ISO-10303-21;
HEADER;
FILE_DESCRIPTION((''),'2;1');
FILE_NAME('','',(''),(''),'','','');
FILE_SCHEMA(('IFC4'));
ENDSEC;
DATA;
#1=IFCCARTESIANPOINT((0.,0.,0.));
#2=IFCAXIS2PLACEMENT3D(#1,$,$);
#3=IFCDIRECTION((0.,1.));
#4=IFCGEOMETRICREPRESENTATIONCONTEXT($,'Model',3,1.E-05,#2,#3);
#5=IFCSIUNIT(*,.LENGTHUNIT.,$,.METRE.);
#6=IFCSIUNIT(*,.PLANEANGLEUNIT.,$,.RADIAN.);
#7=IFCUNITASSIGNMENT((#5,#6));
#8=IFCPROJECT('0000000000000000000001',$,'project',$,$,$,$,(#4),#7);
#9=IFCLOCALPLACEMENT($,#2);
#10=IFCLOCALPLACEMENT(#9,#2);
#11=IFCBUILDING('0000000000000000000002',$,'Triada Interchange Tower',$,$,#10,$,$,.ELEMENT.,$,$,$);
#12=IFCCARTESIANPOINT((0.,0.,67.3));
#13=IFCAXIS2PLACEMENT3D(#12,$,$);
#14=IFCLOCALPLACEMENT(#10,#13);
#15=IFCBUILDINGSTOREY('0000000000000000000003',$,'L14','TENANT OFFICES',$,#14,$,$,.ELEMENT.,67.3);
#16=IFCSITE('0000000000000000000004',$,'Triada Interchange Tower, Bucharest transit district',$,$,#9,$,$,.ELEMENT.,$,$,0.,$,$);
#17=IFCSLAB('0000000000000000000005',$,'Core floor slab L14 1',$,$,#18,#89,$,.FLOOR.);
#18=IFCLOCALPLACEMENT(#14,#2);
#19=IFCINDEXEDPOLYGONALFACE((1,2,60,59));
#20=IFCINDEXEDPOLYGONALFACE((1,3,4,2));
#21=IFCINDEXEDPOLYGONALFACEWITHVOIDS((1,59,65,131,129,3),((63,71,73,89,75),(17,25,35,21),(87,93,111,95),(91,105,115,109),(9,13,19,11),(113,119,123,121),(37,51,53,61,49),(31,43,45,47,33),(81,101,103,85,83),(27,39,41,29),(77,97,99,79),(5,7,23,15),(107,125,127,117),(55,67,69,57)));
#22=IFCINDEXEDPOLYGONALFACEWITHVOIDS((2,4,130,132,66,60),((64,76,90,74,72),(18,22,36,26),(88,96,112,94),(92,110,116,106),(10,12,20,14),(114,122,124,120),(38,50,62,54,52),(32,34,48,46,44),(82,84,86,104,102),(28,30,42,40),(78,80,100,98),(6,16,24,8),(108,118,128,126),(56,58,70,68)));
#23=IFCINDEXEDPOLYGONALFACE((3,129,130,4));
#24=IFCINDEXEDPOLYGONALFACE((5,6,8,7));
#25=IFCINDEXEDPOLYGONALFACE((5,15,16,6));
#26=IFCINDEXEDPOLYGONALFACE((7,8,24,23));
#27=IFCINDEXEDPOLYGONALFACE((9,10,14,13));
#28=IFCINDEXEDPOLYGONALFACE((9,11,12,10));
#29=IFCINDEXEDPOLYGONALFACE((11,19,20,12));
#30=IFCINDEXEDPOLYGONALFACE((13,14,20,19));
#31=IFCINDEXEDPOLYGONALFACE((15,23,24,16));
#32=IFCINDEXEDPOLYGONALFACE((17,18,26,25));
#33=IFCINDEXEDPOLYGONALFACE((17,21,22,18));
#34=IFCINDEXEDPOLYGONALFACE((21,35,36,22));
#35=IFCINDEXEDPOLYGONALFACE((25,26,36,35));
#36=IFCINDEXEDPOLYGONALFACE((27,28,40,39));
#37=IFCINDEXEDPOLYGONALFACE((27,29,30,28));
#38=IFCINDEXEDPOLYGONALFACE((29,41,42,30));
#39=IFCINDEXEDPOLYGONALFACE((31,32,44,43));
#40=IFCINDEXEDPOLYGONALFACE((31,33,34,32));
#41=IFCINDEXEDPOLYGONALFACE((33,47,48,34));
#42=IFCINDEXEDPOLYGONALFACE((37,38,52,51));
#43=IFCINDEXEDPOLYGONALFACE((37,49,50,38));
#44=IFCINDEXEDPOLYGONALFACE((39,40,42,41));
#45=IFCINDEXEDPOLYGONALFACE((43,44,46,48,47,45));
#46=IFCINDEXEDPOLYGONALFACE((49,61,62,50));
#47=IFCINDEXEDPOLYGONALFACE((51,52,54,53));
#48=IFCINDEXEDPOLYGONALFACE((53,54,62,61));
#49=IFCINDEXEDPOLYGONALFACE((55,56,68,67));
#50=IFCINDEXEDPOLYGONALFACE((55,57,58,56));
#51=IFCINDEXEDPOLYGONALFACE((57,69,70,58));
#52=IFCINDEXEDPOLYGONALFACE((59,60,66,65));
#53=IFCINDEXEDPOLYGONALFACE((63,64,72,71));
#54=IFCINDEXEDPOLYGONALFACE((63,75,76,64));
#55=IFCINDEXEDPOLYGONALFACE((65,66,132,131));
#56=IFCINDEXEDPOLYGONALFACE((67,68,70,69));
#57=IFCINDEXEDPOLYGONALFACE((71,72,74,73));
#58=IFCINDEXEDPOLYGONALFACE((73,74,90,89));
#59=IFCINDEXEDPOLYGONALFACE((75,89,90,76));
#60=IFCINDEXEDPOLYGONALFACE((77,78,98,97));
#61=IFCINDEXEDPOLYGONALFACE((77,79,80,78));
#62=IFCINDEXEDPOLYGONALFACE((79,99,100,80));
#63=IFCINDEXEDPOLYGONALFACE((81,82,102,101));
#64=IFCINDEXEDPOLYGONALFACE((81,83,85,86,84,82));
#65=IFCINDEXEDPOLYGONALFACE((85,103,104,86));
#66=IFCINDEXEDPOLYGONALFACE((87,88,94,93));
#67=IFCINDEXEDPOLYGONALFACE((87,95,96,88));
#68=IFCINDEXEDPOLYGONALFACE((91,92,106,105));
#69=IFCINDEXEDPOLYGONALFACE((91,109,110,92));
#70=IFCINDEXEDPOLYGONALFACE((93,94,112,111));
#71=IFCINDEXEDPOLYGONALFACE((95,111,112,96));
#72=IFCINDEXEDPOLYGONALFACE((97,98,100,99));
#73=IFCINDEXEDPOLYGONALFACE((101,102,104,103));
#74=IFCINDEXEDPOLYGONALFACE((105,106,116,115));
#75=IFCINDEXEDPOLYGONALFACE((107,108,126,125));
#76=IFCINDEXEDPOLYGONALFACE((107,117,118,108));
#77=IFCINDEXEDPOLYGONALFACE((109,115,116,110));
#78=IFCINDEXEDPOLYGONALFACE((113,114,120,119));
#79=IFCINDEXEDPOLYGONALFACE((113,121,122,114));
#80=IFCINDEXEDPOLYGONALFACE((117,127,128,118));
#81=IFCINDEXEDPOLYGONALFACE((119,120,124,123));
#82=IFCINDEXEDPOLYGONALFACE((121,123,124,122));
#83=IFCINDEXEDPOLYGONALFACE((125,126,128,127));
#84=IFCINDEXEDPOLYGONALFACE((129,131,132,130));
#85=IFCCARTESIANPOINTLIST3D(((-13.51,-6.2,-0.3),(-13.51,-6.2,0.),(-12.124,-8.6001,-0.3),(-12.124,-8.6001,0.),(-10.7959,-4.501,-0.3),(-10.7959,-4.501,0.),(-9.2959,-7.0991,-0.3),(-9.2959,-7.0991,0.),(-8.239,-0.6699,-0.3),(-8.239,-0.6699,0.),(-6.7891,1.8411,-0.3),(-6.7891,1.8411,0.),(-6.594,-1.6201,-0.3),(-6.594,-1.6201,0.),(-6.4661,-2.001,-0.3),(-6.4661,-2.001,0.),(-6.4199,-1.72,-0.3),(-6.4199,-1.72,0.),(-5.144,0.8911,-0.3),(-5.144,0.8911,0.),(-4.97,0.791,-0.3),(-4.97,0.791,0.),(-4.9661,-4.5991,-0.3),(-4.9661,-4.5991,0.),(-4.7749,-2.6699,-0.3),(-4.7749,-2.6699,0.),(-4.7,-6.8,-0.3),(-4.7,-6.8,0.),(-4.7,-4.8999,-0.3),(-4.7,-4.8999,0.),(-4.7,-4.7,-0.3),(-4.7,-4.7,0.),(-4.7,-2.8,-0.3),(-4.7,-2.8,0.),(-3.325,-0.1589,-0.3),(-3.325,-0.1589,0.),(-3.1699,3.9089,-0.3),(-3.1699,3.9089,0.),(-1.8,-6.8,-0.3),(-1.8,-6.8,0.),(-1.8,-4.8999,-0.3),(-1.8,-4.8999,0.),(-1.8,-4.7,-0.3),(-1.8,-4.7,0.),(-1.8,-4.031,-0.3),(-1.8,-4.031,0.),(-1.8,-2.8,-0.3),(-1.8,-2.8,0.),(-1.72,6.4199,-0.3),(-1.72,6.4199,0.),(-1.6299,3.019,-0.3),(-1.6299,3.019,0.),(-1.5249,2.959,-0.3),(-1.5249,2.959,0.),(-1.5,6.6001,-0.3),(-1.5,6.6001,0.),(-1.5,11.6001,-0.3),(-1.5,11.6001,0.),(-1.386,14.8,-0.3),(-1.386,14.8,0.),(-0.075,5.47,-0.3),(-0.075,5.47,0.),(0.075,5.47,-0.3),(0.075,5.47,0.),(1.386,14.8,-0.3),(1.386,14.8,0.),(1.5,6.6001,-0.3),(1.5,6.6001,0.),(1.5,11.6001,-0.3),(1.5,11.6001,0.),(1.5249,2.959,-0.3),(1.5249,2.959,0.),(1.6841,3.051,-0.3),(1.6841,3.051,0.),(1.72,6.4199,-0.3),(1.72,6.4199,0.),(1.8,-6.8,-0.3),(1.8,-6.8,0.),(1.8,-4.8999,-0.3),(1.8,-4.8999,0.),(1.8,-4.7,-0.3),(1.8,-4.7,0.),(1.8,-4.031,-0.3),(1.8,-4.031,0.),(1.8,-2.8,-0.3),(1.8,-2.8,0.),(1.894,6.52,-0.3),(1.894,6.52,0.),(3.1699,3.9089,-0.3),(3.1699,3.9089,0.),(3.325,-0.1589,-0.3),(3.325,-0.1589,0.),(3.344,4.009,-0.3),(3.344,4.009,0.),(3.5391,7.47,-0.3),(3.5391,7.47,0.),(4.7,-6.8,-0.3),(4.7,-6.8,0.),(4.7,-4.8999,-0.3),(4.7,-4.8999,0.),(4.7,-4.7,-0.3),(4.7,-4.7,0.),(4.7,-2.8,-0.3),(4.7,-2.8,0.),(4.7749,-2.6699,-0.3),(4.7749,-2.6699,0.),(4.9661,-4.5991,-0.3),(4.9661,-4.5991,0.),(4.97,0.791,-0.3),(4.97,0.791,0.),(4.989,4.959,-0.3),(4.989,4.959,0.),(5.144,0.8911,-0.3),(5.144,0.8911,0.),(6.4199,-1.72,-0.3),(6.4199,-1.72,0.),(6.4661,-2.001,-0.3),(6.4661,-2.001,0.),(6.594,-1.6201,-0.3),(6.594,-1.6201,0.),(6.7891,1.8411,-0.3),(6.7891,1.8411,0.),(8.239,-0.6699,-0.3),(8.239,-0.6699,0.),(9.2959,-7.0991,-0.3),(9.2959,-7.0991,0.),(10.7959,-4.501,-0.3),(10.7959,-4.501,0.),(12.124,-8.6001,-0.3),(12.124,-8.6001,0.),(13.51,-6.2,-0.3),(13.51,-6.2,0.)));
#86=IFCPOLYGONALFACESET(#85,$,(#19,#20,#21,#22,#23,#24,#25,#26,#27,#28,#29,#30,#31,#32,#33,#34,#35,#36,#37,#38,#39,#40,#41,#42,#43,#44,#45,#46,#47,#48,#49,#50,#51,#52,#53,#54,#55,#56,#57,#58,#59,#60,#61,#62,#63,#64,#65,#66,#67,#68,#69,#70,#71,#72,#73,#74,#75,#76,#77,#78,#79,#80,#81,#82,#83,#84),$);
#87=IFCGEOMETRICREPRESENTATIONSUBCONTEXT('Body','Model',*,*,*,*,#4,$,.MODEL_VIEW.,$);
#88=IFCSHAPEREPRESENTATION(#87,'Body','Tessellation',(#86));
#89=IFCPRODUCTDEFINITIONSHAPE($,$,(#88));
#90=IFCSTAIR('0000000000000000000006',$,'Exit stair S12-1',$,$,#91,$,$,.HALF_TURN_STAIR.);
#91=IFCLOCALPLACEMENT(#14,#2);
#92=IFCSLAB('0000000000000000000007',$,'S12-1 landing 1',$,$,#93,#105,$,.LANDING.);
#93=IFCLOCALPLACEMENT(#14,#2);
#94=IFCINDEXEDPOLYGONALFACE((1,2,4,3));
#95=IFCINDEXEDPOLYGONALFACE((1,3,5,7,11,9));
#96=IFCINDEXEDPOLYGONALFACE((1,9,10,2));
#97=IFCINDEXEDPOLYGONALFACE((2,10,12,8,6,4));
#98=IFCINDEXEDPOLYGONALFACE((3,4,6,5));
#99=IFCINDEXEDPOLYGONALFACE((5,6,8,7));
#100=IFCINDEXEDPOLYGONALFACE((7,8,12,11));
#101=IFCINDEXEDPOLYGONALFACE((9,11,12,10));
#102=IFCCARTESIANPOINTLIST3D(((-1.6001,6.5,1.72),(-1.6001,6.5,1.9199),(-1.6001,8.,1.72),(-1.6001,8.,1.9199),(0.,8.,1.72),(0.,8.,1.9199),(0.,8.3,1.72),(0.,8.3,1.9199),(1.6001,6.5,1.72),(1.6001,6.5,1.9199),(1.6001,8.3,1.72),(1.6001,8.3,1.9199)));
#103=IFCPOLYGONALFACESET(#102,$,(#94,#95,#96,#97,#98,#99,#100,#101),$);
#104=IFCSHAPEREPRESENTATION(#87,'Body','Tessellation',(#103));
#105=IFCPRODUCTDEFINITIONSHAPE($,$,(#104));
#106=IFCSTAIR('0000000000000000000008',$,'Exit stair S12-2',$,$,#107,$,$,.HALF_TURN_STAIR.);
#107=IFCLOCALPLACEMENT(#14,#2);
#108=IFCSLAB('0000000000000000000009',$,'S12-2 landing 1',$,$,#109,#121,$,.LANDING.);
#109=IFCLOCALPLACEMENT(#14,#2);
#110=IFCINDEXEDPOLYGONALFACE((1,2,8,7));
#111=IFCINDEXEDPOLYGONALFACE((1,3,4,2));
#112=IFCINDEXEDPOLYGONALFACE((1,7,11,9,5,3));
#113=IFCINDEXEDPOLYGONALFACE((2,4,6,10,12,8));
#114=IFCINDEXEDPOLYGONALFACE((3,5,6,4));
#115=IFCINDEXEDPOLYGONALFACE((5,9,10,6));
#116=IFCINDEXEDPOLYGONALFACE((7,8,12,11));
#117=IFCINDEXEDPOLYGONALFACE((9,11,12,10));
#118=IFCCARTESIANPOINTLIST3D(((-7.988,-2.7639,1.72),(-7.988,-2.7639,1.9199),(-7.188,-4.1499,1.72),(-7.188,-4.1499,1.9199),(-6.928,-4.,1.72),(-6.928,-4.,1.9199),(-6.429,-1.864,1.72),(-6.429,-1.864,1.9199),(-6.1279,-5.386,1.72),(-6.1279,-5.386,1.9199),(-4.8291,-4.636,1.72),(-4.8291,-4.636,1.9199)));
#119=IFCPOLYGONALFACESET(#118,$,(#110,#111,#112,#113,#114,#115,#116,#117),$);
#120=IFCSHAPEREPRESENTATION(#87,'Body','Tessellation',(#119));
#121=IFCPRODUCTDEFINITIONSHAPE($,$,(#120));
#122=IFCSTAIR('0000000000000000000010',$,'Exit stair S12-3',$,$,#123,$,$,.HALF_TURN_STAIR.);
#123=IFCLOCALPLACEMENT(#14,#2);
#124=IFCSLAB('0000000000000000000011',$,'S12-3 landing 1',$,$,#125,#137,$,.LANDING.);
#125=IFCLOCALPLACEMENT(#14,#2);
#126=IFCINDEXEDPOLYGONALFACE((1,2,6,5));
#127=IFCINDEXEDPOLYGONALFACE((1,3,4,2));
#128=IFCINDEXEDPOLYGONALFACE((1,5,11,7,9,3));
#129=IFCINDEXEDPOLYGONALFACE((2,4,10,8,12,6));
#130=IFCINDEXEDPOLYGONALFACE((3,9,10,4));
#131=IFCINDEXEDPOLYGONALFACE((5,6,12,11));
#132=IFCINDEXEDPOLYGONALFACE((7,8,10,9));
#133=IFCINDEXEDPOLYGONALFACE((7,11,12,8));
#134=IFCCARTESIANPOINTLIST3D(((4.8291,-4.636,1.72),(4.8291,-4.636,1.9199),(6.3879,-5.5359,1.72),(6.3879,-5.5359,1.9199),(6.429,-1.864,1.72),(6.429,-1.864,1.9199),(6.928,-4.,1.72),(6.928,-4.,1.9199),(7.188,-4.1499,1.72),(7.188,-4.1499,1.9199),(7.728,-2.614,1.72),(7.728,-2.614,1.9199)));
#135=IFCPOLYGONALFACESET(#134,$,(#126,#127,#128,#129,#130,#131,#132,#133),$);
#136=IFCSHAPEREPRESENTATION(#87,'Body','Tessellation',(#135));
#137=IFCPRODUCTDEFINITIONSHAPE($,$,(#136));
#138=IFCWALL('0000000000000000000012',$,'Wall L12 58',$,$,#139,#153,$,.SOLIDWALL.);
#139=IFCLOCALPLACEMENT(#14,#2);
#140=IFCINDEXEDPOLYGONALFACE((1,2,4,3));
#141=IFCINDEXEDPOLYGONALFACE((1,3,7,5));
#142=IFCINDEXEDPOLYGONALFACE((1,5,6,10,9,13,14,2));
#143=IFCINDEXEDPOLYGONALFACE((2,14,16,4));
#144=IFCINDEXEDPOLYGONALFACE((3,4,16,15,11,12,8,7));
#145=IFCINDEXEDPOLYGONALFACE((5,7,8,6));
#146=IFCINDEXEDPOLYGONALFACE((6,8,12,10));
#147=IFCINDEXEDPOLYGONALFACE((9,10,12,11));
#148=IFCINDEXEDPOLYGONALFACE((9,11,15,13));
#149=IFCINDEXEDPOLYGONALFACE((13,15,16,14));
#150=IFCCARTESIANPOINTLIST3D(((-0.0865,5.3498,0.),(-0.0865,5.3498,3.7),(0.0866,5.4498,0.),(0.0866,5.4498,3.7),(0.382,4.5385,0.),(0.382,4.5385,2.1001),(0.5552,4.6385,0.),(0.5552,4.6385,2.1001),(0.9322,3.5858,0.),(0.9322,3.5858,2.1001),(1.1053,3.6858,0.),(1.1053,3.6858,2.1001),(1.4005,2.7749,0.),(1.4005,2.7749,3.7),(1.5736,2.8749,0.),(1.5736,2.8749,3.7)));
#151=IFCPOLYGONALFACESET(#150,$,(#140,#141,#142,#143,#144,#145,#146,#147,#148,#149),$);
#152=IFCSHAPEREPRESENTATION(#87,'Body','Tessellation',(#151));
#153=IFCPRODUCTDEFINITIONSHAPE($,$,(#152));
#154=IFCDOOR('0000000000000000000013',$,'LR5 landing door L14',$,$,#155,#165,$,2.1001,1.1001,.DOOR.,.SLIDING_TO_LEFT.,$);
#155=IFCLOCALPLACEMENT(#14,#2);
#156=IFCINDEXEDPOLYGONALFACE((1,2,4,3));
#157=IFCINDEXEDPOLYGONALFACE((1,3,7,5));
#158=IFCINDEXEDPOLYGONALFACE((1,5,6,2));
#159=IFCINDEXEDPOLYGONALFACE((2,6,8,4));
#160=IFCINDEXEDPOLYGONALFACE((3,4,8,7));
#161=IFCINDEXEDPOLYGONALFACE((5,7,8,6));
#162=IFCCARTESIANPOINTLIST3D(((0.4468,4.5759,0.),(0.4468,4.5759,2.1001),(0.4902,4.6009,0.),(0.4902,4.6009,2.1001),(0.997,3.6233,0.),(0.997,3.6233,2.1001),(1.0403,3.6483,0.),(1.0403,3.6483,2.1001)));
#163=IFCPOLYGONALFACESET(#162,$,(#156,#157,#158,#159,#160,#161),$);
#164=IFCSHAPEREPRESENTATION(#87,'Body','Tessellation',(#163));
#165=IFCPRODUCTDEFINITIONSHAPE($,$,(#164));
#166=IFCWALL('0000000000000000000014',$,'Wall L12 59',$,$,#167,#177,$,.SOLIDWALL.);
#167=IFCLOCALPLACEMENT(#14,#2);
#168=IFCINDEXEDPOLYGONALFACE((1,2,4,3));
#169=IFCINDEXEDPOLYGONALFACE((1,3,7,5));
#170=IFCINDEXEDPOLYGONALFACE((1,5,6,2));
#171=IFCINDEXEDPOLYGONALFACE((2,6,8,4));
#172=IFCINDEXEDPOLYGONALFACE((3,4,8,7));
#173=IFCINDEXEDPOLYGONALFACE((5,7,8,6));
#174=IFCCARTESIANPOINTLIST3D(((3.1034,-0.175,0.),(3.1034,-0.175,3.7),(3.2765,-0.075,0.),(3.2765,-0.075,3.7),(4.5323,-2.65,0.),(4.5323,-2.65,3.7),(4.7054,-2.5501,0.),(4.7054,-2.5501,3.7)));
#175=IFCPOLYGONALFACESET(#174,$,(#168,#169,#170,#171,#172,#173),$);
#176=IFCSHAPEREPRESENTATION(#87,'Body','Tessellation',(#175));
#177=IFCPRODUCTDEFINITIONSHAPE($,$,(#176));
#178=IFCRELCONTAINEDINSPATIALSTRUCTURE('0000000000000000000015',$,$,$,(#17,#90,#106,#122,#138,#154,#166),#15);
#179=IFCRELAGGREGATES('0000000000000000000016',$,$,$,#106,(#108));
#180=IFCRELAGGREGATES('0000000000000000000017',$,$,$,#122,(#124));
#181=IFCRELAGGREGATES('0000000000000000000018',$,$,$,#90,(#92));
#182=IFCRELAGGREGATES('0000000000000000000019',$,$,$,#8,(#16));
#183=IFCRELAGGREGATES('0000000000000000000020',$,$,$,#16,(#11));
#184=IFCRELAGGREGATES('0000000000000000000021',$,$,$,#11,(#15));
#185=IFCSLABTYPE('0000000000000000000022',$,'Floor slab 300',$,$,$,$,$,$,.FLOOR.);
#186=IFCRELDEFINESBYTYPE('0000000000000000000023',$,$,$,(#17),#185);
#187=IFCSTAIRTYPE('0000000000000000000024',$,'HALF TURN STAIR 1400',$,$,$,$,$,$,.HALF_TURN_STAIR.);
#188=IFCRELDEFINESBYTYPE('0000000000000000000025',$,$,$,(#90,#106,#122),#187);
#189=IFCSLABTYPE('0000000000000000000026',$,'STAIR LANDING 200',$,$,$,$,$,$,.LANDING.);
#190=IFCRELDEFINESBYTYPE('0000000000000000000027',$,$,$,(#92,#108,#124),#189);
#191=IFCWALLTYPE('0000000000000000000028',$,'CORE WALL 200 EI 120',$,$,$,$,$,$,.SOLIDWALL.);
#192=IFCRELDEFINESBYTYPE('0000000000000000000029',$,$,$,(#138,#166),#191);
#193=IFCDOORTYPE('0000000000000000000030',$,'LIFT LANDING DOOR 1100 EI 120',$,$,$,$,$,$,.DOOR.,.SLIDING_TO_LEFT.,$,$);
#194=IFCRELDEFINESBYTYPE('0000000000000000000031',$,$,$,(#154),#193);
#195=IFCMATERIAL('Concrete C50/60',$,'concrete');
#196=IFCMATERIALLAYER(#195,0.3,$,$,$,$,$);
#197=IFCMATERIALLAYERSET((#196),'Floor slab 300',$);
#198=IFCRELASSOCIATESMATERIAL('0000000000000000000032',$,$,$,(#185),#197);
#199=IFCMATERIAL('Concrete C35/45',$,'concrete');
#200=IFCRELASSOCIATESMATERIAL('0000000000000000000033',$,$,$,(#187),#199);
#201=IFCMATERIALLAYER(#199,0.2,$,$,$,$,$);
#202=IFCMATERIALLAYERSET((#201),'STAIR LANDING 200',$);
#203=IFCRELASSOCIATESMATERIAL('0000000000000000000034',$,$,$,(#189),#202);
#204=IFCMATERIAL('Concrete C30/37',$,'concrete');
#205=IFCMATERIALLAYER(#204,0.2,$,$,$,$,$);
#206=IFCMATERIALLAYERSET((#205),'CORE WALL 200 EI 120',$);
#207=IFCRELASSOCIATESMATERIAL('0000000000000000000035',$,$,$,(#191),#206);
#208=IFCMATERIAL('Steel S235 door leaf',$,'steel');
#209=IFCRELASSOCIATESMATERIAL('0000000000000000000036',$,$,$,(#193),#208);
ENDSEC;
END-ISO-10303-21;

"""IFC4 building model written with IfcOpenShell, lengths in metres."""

from ifc_helpers import new_model, si_unit, direction, frame, frame_2d, origin, place, context, subcontext, project, spatial, polyline, rectangle, outline, extrude, material, layer, layer_set, type_object, element, fill, aggregate, save


model = new_model("IFC4")

# Units and contexts
model_context = context("Model", 3, precision=1e-05, world=origin(), true_north=direction((0.0, 1.0)))
body_context = subcontext(model_context, "Body", "Model", "MODEL_VIEW")
ifc_project = project(units=[si_unit("LENGTHUNIT", "METRE"), si_unit("PLANEANGLEUNIT", "RADIAN")], contexts=[model_context])

# Site, building, storey
site_placement = place(None, origin())
site = spatial("IfcSite", under=ifc_project, at=site_placement, Name="Triada Interchange Tower, Bucharest transit district", CompositionType="ELEMENT", RefElevation=0.0)
building_placement = place(site_placement, origin())
building = spatial("IfcBuilding", under=site, at=building_placement, Name="Triada Interchange Tower", CompositionType="ELEMENT")
storey_placement = place(building_placement, frame((0.0, 0.0, 67.3)))
storey = spatial("IfcBuildingStorey", under=building, at=storey_placement, Name="L14", Description="TENANT OFFICES", CompositionType="ELEMENT", Elevation=67.3)

# Slab
ifc_material_1 = material(Name="Concrete C50/60", Category="concrete")
ifc_layer_1 = layer(ifc_material_1, 0.3)
ifc_layer_set_1 = layer_set([ifc_layer_1], Name="Floor slab 300")
slab_type_1 = type_object("IfcSlabType", Name="Floor slab 300", PredefinedType="FLOOR", material=ifc_layer_set_1)
slab_1_placement = place(storey_placement, frame((0.0, 0.0, -0.3)))
element("IfcSlab", 1, at=slab_1_placement, inside=storey, type_object=slab_type_1, Name="Core floor slab L14 1", PredefinedType="FLOOR", context=body_context, shape_type="SweptSolid", body=[
    extrude(outline(polyline([(13.51, -6.2), (12.124, -8.6001), (-12.124, -8.6001), (-13.51, -6.2), (-1.386, 14.8), (1.386, 14.8), (13.51, -6.2)]), holes=[polyline([(9.2959, -7.0991), (10.7959, -4.501), (6.4661, -2.001), (4.9661, -4.5991), (9.2959, -7.0991)]), polyline([(6.7891, 1.8411), (5.144, 0.8911), (6.594, -1.6201), (8.239, -0.6699), (6.7891, 1.8411)]), polyline([(4.97, 0.791), (3.325, -0.1589), (4.7749, -2.6699), (6.4199, -1.72), (4.97, 0.791)]), polyline([(1.894, 6.52), (3.344, 4.009), (4.989, 4.959), (3.5391, 7.47), (1.894, 6.52)]), polyline([(1.8, -4.8999), (1.8, -6.8), (4.7, -6.8), (4.7, -4.8999), (1.8, -4.8999)]), polyline([(1.8, -2.8), (1.8, -4.031), (1.8, -4.7), (4.7, -4.7), (4.7, -2.8), (1.8, -2.8)]), polyline([(1.5249, 2.959), (1.6841, 3.051), (3.1699, 3.9089), (1.72, 6.4199), (0.075, 5.47), (1.5249, 2.959)]), polyline([(1.5, 11.6001), (-1.5, 11.6001), (-1.5, 6.6001), (1.5, 6.6001), (1.5, 11.6001)]), polyline([(-0.075, 5.47), (-1.72, 6.4199), (-3.1699, 3.9089), (-1.6299, 3.019), (-1.5249, 2.959), (-0.075, 5.47)]), polyline([(-4.7, -2.8), (-4.7, -4.7), (-1.8, -4.7), (-1.8, -4.031), (-1.8, -2.8), (-4.7, -2.8)]), polyline([(-4.7, -4.8999), (-4.7, -6.8), (-1.8, -6.8), (-1.8, -4.8999), (-4.7, -4.8999)]), polyline([(-4.7749, -2.6699), (-3.325, -0.1589), (-4.97, 0.791), (-6.4199, -1.72), (-4.7749, -2.6699)]), polyline([(-10.7959, -4.501), (-9.2959, -7.0991), (-4.9661, -4.5991), (-6.4661, -2.001), (-10.7959, -4.501)]), polyline([(-6.594, -1.6201), (-5.144, 0.8911), (-6.7891, 1.8411), (-8.239, -0.6699), (-6.594, -1.6201)])]), origin(), (0.0, 0.0, 1.0), 0.3),
])

# Stairs, slabs
ifc_material_2 = material(Name="Concrete C35/45", Category="concrete")
stair_type = type_object("IfcStairType", Name="HALF TURN STAIR 1400", PredefinedType="HALF_TURN_STAIR", material=ifc_material_2)
stair_1_placement = place(storey_placement, origin())
stair_1 = element("IfcStair", 2, at=stair_1_placement, inside=storey, type_object=stair_type, Name="Exit stair S12-1", PredefinedType="HALF_TURN_STAIR")
ifc_layer_2 = layer(ifc_material_2, 0.2)
ifc_layer_set_2 = layer_set([ifc_layer_2], Name="STAIR LANDING 200")
slab_type_2 = type_object("IfcSlabType", Name="STAIR LANDING 200", PredefinedType="LANDING", material=ifc_layer_set_2)
slab_2_placement = place(storey_placement, frame((0.0, 0.0, 1.72)))
slab_2 = element("IfcSlab", 3, at=slab_2_placement, type_object=slab_type_2, Name="S12-1 landing 1", PredefinedType="LANDING", context=body_context, shape_type="SweptSolid", body=[
    extrude(outline(polyline([(1.6001, 6.5), (1.6001, 8.3), (0.0, 8.3), (0.0, 8.0), (-1.6001, 8.0), (-1.6001, 6.5), (1.6001, 6.5)])), origin(), (0.0, 0.0, 1.0), 0.2),
])
stair_2_placement = place(storey_placement, origin())
stair_2 = element("IfcStair", 4, at=stair_2_placement, inside=storey, type_object=stair_type, Name="Exit stair S12-2", PredefinedType="HALF_TURN_STAIR")
slab_3_placement = place(storey_placement, frame((0.0, 0.0, 1.72)))
slab_3 = element("IfcSlab", 5, at=slab_3_placement, type_object=slab_type_2, Name="S12-2 landing 1", PredefinedType="LANDING", context=body_context, shape_type="SweptSolid", body=[
    extrude(outline(polyline([(-6.429, -1.864), (-7.988, -2.7639), (-7.188, -4.1499), (-6.928, -4.0), (-6.1279, -5.386), (-4.8291, -4.636), (-6.429, -1.864)])), origin(), (0.0, 0.0, 1.0), 0.2),
])
aggregate(stair_2, [slab_3])
stair_3_placement = place(storey_placement, origin())
stair_3 = element("IfcStair", 6, at=stair_3_placement, inside=storey, type_object=stair_type, Name="Exit stair S12-3", PredefinedType="HALF_TURN_STAIR")
slab_4_placement = place(storey_placement, frame((0.0, 0.0, 1.72)))
slab_4 = element("IfcSlab", 7, at=slab_4_placement, type_object=slab_type_2, Name="S12-3 landing 1", PredefinedType="LANDING", context=body_context, shape_type="SweptSolid", body=[
    extrude(outline(polyline([(4.8291, -4.636), (6.3879, -5.5359), (7.188, -4.1499), (6.928, -4.0), (7.728, -2.614), (6.429, -1.864), (4.8291, -4.636)])), origin(), (0.0, 0.0, 1.0), 0.2),
])
aggregate(stair_3, [slab_4])

# Wall, opening, door
ifc_material_3 = material(Name="Concrete C30/37", Category="concrete")
ifc_layer_3 = layer(ifc_material_3, 0.2)
ifc_layer_set_3 = layer_set([ifc_layer_3], Name="CORE WALL 200 EI 120")
wall_type_1 = type_object("IfcWallType", Name="CORE WALL 200 EI 120", PredefinedType="SOLIDWALL", material=ifc_layer_set_3)
wall_1_placement = place(storey_placement, frame((0.0, 5.3999, 0.0), z_axis=(0.0, 0.0, 1.0), x_axis=(0.500104, -0.865965, 0.0)))
wall_1 = element("IfcWall", 8, at=wall_1_placement, inside=storey, type_object=wall_type_1, Name="Wall L12 58", PredefinedType="SOLIDWALL", context=body_context, shape_type="SweptSolid", body=[
    extrude(rectangle(XDim=2.9734, YDim=0.2, at=frame_2d((1.4868, 0.0))), origin(), (0.0, 0.0, 1.0), 3.7),
])
opening_1_placement = place(wall_1_placement, frame((0.937, 0.0, 0.0)))
opening_1 = element("IfcOpeningElement", 9, at=opening_1_placement, cuts=wall_1, PredefinedType="OPENING", context=body_context, shape_type="SweptSolid", body=[
    extrude(rectangle(XDim=1.1001, YDim=2.1001, at=frame_2d((0.55, 1.05))), frame((0.0, 0.1099, 0.0), z_axis=(0.0, -1.0, 0.0), x_axis=(1.0, 0.0, 0.0)), (0.0, 0.0, 1.0), 0.22),
])
ifc_material_4 = material(Name="Steel S235 door leaf", Category="steel")
door_type = type_object("IfcDoorType", Name="LIFT LANDING DOOR 1100 EI 120", OperationType="SLIDING_TO_LEFT", PredefinedType="DOOR", material=ifc_material_4)
door_1_placement = place(opening_1_placement, origin())
door_1 = element("IfcDoor", 10, at=door_1_placement, inside=storey, type_object=door_type, Name="LR5 landing door L14", OperationType="SLIDING_TO_LEFT", OverallHeight=2.1001, OverallWidth=1.1001, PredefinedType="DOOR", context=body_context, shape_type="SweptSolid", body=[
    extrude(rectangle(XDim=1.1001, YDim=2.1001, at=frame_2d((0.55, 1.05))), frame((0.0, 0.0249, 0.0), z_axis=(0.0, -1.0, 0.0), x_axis=(1.0, 0.0, 0.0)), (0.0, 0.0, 1.0), 0.05),
])
fill(opening_1, door_1)

# Wall
wall_2_placement = place(storey_placement, frame((3.1899, -0.125, 0.0), z_axis=(0.0, 0.0, 1.0), x_axis=(0.499989, -0.866032, 0.0)))
element("IfcWall", 11, at=wall_2_placement, inside=storey, type_object=wall_type_1, Name="Wall L12 59", PredefinedType="SOLIDWALL", context=body_context, shape_type="SweptSolid", body=[
    extrude(rectangle(XDim=2.8579, YDim=0.2, at=frame_2d((1.429, 0.0))), origin(), (0.0, 0.0, 1.0), 3.7),
])

aggregate(stair_1, [slab_2])

save(model, "model.ifc")
